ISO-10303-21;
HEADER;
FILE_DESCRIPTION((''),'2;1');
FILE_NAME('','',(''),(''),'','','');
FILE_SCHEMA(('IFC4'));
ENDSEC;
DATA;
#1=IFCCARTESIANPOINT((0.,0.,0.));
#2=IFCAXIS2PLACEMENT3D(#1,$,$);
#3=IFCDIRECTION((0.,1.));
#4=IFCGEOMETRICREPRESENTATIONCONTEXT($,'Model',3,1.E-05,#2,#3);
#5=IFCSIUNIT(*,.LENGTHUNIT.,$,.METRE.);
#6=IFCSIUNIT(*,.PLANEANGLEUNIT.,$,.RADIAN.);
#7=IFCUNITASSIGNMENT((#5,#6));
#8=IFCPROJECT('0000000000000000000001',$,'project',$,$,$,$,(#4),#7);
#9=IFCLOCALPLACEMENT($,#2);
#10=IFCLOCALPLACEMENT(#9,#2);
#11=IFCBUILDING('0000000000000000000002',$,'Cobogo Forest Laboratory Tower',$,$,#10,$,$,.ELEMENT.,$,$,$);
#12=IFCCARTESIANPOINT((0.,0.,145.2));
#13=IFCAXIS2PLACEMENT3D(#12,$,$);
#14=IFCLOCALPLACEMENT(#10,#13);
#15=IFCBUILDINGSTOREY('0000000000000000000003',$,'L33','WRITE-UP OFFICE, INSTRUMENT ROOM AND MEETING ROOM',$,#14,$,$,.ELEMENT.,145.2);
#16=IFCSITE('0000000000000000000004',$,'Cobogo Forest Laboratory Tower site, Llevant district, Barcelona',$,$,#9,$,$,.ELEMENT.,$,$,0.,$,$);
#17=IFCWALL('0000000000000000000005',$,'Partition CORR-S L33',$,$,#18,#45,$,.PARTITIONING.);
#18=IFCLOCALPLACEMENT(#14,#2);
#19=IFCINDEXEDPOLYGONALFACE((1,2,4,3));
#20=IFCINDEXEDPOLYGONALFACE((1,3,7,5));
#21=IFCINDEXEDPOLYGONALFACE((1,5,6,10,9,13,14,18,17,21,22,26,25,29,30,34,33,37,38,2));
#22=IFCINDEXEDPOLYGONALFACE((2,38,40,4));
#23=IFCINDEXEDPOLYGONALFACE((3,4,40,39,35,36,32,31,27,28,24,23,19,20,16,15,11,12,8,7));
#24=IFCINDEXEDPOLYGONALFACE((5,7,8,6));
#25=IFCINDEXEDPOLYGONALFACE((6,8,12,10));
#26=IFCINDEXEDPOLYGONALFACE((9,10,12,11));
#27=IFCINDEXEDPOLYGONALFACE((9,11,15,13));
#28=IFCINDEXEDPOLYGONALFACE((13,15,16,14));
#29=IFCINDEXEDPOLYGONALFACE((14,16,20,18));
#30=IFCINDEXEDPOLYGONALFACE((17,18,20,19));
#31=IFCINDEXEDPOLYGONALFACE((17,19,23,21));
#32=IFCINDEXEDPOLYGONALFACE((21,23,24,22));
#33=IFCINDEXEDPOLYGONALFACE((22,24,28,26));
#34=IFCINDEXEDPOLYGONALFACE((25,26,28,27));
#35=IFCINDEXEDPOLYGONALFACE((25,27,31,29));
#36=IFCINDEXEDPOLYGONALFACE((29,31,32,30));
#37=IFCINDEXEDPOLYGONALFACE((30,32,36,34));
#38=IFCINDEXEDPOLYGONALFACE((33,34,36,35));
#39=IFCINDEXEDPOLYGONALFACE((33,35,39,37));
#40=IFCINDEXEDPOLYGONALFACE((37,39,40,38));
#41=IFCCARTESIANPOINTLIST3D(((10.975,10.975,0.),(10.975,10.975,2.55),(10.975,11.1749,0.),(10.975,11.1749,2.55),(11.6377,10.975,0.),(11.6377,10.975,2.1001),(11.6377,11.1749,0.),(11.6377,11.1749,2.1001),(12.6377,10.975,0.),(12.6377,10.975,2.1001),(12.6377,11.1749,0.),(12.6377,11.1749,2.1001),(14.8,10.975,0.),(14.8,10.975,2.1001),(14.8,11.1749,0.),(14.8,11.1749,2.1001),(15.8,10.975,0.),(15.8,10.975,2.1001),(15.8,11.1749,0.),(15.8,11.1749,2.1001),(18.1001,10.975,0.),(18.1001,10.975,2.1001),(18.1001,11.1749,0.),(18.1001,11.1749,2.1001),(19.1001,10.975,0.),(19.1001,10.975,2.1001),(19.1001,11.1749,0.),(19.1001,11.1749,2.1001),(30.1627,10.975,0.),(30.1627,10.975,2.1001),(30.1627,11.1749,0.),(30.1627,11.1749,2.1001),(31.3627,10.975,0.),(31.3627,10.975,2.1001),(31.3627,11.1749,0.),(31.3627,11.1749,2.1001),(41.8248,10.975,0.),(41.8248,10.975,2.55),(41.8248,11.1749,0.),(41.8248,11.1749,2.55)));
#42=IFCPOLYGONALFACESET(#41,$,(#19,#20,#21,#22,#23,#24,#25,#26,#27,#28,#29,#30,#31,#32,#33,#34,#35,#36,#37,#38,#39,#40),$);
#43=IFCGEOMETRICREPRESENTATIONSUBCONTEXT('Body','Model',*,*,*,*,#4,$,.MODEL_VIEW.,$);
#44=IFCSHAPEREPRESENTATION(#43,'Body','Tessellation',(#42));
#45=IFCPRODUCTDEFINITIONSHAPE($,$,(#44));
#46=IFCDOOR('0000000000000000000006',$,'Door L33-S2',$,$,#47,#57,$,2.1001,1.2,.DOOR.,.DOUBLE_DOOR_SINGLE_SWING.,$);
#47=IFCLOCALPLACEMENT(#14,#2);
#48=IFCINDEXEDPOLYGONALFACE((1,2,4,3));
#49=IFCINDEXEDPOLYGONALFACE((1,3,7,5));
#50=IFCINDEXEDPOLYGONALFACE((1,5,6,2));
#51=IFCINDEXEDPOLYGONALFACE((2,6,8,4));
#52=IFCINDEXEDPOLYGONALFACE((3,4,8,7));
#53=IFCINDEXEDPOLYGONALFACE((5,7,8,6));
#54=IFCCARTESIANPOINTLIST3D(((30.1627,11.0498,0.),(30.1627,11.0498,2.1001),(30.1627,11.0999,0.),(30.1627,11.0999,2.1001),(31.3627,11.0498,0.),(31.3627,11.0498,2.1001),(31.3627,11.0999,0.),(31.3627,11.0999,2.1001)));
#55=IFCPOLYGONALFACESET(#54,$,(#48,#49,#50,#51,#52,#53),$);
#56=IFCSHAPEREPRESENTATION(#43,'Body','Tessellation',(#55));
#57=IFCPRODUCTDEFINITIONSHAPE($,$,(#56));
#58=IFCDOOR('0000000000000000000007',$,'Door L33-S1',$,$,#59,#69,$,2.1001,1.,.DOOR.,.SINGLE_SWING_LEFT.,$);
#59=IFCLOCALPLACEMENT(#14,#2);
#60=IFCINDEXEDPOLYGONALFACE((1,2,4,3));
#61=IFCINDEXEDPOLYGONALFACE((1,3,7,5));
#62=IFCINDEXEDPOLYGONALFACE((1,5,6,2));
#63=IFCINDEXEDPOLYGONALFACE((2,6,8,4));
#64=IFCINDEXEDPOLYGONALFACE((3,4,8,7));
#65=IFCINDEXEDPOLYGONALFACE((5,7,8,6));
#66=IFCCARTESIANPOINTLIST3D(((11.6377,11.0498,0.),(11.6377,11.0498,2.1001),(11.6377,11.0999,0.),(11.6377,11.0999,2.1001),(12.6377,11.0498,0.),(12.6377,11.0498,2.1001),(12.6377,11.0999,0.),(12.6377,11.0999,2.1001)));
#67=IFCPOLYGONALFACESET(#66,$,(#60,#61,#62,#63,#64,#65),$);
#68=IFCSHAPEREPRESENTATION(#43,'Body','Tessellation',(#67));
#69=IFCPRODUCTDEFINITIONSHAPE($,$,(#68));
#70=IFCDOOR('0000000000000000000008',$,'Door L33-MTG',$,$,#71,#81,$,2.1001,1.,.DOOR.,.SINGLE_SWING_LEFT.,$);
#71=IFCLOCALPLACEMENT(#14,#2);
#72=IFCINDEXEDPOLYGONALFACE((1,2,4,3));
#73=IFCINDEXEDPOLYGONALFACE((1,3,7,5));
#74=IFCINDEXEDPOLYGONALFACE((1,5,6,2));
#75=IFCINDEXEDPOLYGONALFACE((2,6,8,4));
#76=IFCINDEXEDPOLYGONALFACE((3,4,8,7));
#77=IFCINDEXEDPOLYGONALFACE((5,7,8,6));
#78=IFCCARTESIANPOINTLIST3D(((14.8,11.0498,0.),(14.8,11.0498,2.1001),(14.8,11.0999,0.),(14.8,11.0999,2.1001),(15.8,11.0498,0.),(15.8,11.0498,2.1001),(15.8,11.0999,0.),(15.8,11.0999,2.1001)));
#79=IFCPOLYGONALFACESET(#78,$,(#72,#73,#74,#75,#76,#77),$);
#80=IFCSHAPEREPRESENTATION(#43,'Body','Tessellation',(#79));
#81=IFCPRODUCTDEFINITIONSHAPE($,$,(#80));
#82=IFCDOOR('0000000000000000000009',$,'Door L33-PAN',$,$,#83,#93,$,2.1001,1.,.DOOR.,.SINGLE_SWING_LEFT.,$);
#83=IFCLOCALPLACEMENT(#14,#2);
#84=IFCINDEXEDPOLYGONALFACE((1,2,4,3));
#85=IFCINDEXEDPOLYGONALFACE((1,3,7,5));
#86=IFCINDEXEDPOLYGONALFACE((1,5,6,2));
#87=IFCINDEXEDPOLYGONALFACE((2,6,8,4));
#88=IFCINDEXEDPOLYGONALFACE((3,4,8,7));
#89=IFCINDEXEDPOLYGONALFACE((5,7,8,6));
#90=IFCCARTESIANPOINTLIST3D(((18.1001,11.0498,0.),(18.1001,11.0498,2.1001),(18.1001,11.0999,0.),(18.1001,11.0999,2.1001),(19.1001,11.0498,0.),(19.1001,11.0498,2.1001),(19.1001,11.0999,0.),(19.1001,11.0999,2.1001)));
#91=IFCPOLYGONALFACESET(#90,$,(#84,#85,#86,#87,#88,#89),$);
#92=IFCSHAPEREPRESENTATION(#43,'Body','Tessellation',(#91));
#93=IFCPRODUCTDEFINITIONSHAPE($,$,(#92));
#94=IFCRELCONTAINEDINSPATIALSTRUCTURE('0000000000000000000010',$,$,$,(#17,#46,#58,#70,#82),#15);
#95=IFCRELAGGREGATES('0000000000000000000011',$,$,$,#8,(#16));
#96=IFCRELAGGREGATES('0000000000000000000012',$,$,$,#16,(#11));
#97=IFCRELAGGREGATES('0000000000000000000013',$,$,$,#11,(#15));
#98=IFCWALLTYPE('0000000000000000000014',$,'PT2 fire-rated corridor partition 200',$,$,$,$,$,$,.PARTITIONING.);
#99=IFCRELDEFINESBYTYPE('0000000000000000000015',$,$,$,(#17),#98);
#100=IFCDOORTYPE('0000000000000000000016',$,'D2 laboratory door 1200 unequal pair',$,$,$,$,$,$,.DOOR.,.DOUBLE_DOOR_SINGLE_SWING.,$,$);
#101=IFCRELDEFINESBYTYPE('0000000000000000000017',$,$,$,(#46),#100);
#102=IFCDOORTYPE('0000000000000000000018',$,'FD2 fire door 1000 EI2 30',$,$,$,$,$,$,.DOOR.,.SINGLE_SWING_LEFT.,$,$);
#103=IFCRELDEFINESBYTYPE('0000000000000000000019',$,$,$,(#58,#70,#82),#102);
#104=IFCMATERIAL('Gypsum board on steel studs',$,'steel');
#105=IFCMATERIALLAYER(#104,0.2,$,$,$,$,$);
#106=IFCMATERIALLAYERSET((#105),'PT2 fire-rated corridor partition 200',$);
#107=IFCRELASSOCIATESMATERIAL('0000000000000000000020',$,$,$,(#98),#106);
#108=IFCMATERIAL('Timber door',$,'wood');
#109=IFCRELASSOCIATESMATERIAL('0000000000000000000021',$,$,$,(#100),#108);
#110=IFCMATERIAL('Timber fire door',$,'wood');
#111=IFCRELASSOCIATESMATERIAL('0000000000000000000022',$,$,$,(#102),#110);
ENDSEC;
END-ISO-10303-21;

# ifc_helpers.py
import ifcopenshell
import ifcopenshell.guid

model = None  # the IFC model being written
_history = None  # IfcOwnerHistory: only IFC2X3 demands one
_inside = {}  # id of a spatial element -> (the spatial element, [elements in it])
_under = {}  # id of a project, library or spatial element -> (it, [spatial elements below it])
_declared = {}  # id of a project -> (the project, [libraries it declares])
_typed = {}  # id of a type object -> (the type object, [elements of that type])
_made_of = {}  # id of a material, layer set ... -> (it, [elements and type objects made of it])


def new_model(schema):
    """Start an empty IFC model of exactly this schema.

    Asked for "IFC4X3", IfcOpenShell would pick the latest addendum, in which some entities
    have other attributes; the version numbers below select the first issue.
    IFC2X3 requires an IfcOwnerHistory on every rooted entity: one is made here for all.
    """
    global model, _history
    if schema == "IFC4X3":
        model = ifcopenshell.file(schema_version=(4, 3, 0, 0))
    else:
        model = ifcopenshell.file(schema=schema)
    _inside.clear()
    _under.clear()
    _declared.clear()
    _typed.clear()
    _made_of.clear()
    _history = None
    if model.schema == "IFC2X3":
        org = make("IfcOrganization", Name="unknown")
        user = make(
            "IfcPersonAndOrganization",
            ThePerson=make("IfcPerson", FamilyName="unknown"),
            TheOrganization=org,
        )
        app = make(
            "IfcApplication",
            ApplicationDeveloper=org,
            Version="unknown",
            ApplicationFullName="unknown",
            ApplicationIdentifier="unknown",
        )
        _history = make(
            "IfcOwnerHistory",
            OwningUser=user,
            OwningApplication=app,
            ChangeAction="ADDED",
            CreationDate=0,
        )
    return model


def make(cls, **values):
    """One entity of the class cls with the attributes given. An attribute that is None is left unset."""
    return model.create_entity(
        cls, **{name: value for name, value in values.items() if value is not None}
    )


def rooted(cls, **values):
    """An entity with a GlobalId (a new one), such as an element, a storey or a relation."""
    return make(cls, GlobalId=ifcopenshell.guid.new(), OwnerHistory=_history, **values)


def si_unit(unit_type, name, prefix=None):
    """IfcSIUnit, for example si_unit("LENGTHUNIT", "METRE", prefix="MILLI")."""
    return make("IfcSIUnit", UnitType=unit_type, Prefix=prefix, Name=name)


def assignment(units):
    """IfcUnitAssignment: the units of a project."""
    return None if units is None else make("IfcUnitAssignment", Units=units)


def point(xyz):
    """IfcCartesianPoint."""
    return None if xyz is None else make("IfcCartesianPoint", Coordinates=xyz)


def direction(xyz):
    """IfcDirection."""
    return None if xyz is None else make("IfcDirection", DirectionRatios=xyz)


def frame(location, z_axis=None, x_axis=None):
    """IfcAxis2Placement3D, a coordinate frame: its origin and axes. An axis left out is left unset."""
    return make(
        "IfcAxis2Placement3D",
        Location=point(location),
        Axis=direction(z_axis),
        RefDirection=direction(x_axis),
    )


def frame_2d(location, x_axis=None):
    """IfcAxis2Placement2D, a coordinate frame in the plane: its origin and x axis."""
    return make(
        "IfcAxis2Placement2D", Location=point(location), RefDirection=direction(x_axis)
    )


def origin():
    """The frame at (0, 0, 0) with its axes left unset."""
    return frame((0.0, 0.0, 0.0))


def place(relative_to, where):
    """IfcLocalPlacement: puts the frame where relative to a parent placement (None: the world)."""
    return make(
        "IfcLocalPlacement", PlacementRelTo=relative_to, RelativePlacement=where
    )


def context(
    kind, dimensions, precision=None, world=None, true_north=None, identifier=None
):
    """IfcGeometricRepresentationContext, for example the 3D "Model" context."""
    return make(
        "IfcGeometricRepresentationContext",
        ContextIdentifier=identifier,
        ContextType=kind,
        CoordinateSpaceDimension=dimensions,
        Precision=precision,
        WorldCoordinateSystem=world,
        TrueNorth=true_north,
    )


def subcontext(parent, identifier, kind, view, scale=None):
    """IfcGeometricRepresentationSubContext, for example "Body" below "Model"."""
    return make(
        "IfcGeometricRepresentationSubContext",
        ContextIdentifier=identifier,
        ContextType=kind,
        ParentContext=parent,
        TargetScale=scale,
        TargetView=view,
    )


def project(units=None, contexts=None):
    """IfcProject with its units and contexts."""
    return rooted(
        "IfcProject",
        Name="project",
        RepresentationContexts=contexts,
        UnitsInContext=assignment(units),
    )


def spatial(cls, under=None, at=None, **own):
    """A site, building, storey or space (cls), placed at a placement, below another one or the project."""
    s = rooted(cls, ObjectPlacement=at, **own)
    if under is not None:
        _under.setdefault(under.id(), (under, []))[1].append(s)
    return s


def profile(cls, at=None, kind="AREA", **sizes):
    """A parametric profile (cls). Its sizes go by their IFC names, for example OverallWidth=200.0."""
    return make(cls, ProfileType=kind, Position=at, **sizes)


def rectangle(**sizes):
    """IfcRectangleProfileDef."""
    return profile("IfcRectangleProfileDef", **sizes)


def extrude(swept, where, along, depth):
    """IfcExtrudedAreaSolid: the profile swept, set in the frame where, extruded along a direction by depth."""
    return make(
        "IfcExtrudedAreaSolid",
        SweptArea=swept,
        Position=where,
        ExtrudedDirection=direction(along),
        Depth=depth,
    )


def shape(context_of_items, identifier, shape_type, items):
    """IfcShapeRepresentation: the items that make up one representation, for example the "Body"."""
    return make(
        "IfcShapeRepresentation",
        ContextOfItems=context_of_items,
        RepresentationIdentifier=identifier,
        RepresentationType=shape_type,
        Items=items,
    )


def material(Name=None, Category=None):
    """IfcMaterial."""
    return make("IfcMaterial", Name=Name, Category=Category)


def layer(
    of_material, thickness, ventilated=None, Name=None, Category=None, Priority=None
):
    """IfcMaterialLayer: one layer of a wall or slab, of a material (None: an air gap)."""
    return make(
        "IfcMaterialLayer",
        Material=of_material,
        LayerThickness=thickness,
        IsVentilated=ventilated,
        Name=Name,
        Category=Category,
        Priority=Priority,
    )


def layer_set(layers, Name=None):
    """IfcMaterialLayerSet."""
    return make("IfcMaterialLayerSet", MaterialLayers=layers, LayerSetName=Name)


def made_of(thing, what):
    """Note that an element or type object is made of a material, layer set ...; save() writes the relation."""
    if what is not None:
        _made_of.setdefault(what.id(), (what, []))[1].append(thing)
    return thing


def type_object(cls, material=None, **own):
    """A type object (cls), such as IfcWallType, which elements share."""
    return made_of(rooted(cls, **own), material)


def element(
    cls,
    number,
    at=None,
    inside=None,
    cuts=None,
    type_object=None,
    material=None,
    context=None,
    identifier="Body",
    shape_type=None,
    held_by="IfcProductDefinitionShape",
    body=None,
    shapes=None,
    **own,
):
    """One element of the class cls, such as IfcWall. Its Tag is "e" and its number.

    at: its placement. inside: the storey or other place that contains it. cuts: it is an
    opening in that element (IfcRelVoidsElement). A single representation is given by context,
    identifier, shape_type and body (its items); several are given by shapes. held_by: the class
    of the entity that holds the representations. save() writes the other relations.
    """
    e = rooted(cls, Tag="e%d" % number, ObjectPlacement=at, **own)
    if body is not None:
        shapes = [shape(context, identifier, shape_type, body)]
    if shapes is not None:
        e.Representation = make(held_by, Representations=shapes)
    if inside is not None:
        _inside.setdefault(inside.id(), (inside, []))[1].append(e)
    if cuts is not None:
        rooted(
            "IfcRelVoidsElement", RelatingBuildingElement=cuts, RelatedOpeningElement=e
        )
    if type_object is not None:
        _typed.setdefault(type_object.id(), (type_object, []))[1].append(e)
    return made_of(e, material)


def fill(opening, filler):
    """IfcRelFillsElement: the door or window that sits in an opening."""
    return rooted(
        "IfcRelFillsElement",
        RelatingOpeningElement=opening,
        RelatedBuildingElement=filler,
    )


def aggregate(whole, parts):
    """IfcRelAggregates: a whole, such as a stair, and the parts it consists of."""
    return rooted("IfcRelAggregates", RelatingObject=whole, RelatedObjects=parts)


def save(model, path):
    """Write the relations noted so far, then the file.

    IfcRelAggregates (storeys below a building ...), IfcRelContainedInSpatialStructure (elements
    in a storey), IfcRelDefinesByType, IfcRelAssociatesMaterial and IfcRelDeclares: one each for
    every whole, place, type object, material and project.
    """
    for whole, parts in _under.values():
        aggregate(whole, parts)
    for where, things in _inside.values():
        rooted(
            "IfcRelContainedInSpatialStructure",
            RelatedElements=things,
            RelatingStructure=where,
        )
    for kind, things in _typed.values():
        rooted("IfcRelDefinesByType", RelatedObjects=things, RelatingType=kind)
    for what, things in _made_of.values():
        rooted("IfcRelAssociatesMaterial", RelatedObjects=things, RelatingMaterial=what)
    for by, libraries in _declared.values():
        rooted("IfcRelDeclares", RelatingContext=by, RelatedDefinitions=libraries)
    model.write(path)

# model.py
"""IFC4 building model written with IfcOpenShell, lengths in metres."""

from ifc_helpers import new_model, si_unit, direction, frame, frame_2d, origin, place, context, subcontext, project, spatial, rectangle, extrude, material, layer, layer_set, type_object, element, fill, save


model = new_model("IFC4")

# Units and contexts
model_context = context("Model", 3, precision=1e-05, world=origin(), true_north=direction((0.0, 1.0)))
body_context = subcontext(model_context, "Body", "Model", "MODEL_VIEW")
ifc_project = project(units=[si_unit("LENGTHUNIT", "METRE"), si_unit("PLANEANGLEUNIT", "RADIAN")], contexts=[model_context])

# Site, building, storey
site_placement = place(None, origin())
site = spatial("IfcSite", under=ifc_project, at=site_placement, Name="Cobogo Forest Laboratory Tower site, Llevant district, Barcelona", CompositionType="ELEMENT", RefElevation=0.0)
building_placement = place(site_placement, origin())
building = spatial("IfcBuilding", under=site, at=building_placement, Name="Cobogo Forest Laboratory Tower", CompositionType="ELEMENT")
storey_placement = place(building_placement, frame((0.0, 0.0, 145.2)))
storey = spatial("IfcBuildingStorey", under=building, at=storey_placement, Name="L33", Description="WRITE-UP OFFICE, INSTRUMENT ROOM AND MEETING ROOM", CompositionType="ELEMENT", Elevation=145.2)

# Shared definitions
ifc_material_1 = material(Name="Gypsum board on steel studs", Category="steel")

# Wall, openings, doors
ifc_layer_1 = layer(ifc_material_1, 0.2)
ifc_layer_set_1 = layer_set([ifc_layer_1], Name="PT2 fire-rated corridor partition 200")
wall_type_1 = type_object("IfcWallType", Name="PT2 fire-rated corridor partition 200", PredefinedType="PARTITIONING", material=ifc_layer_set_1)
wall_1_placement = place(storey_placement, frame((10.9751, 11.075, 0.0), z_axis=(0.0, 0.0, 1.0), x_axis=(1.0, 0.0, 0.0)))
wall_1 = element("IfcWall", 1, at=wall_1_placement, inside=storey, type_object=wall_type_1, Name="Partition CORR-S L33", PredefinedType="PARTITIONING", context=body_context, shape_type="SweptSolid", body=[
    extrude(rectangle(XDim=30.8499, YDim=0.2, at=frame_2d((15.4248, 0.0))), origin(), (0.0, 0.0, 1.0), 2.55),
])
opening_1_placement = place(wall_1_placement, frame((0.6626, 0.0, 0.0)))
opening_1 = element("IfcOpeningElement", 2, at=opening_1_placement, cuts=wall_1, PredefinedType="OPENING", context=body_context, shape_type="SweptSolid", body=[
    extrude(rectangle(XDim=1.0, YDim=2.1001, at=frame_2d((0.5, 1.05))), frame((0.0, 0.1099, 0.0), z_axis=(0.0, -1.0, 0.0), x_axis=(1.0, 0.0, 0.0)), (0.0, 0.0, 1.0), 0.22),
])
opening_2_placement = place(wall_1_placement, frame((3.825, 0.0, 0.0)))
opening_2 = element("IfcOpeningElement", 3, at=opening_2_placement, cuts=wall_1, PredefinedType="OPENING", context=body_context, shape_type="SweptSolid", body=[
    extrude(rectangle(XDim=1.0, YDim=2.1001, at=frame_2d((0.5, 1.05))), frame((0.0, 0.1099, 0.0), z_axis=(0.0, -1.0, 0.0), x_axis=(1.0, 0.0, 0.0)), (0.0, 0.0, 1.0), 0.22),
])
opening_3_placement = place(wall_1_placement, frame((7.125, 0.0, 0.0)))
opening_3 = element("IfcOpeningElement", 4, at=opening_3_placement, cuts=wall_1, PredefinedType="OPENING", context=body_context, shape_type="SweptSolid", body=[
    extrude(rectangle(XDim=1.0, YDim=2.1001, at=frame_2d((0.5, 1.05))), frame((0.0, 0.1099, 0.0), z_axis=(0.0, -1.0, 0.0), x_axis=(1.0, 0.0, 0.0)), (0.0, 0.0, 1.0), 0.22),
])
opening_4_placement = place(wall_1_placement, frame((19.1875, 0.0, 0.0)))
opening_4 = element("IfcOpeningElement", 5, at=opening_4_placement, cuts=wall_1, PredefinedType="OPENING", context=body_context, shape_type="SweptSolid", body=[
    extrude(rectangle(XDim=1.2, YDim=2.1001, at=frame_2d((0.6001, 1.05))), frame((0.0, 0.1099, 0.0), z_axis=(0.0, -1.0, 0.0), x_axis=(1.0, 0.0, 0.0)), (0.0, 0.0, 1.0), 0.22),
])
ifc_material_2 = material(Name="Timber door", Category="wood")
door_type_1 = type_object("IfcDoorType", Name="D2 laboratory door 1200 unequal pair", OperationType="DOUBLE_DOOR_SINGLE_SWING", PredefinedType="DOOR", material=ifc_material_2)
door_1_placement = place(opening_4_placement, origin())
door_1 = element("IfcDoor", 6, at=door_1_placement, inside=storey, type_object=door_type_1, Name="Door L33-S2", OperationType="DOUBLE_DOOR_SINGLE_SWING", OverallHeight=2.1001, OverallWidth=1.2, PredefinedType="DOOR", context=body_context, shape_type="SweptSolid", body=[
    extrude(rectangle(XDim=1.2, YDim=2.1001, at=frame_2d((0.6001, 1.05))), frame((0.0, 0.0249, 0.0), z_axis=(0.0, -1.0, 0.0), x_axis=(1.0, 0.0, 0.0)), (0.0, 0.0, 1.0), 0.05),
])
fill(opening_4, door_1)
ifc_material_3 = material(Name="Timber fire door", Category="wood")
door_type_2 = type_object("IfcDoorType", Name="FD2 fire door 1000 EI2 30", OperationType="SINGLE_SWING_LEFT", PredefinedType="DOOR", material=ifc_material_3)
door_2_placement = place(opening_1_placement, origin())
door_2 = element("IfcDoor", 7, at=door_2_placement, inside=storey, type_object=door_type_2, Name="Door L33-S1", OperationType="SINGLE_SWING_LEFT", OverallHeight=2.1001, OverallWidth=1.0, PredefinedType="DOOR", context=body_context, shape_type="SweptSolid", body=[
    extrude(rectangle(XDim=1.0, YDim=2.1001, at=frame_2d((0.5, 1.05))), frame((0.0, 0.0249, 0.0), z_axis=(0.0, -1.0, 0.0), x_axis=(1.0, 0.0, 0.0)), (0.0, 0.0, 1.0), 0.05),
])
fill(opening_1, door_2)
door_3_placement = place(opening_2_placement, origin())
door_3 = element("IfcDoor", 8, at=door_3_placement, inside=storey, type_object=door_type_2, Name="Door L33-MTG", OperationType="SINGLE_SWING_LEFT", OverallHeight=2.1001, OverallWidth=1.0, PredefinedType="DOOR", context=body_context, shape_type="SweptSolid", body=[
    extrude(rectangle(XDim=1.0, YDim=2.1001, at=frame_2d((0.5, 1.05))), frame((0.0, 0.0249, 0.0), z_axis=(0.0, -1.0, 0.0), x_axis=(1.0, 0.0, 0.0)), (0.0, 0.0, 1.0), 0.05),
])
fill(opening_2, door_3)
door_4_placement = place(opening_3_placement, origin())
door_4 = element("IfcDoor", 9, at=door_4_placement, inside=storey, type_object=door_type_2, Name="Door L33-PAN", OperationType="SINGLE_SWING_LEFT", OverallHeight=2.1001, OverallWidth=1.0, PredefinedType="DOOR", context=body_context, shape_type="SweptSolid", body=[
    extrude(rectangle(XDim=1.0, YDim=2.1001, at=frame_2d((0.5, 1.05))), frame((0.0, 0.0249, 0.0), z_axis=(0.0, -1.0, 0.0), x_axis=(1.0, 0.0, 0.0)), (0.0, 0.0, 1.0), 0.05),
])
fill(opening_3, door_4)

save(model, "model.ifc")
